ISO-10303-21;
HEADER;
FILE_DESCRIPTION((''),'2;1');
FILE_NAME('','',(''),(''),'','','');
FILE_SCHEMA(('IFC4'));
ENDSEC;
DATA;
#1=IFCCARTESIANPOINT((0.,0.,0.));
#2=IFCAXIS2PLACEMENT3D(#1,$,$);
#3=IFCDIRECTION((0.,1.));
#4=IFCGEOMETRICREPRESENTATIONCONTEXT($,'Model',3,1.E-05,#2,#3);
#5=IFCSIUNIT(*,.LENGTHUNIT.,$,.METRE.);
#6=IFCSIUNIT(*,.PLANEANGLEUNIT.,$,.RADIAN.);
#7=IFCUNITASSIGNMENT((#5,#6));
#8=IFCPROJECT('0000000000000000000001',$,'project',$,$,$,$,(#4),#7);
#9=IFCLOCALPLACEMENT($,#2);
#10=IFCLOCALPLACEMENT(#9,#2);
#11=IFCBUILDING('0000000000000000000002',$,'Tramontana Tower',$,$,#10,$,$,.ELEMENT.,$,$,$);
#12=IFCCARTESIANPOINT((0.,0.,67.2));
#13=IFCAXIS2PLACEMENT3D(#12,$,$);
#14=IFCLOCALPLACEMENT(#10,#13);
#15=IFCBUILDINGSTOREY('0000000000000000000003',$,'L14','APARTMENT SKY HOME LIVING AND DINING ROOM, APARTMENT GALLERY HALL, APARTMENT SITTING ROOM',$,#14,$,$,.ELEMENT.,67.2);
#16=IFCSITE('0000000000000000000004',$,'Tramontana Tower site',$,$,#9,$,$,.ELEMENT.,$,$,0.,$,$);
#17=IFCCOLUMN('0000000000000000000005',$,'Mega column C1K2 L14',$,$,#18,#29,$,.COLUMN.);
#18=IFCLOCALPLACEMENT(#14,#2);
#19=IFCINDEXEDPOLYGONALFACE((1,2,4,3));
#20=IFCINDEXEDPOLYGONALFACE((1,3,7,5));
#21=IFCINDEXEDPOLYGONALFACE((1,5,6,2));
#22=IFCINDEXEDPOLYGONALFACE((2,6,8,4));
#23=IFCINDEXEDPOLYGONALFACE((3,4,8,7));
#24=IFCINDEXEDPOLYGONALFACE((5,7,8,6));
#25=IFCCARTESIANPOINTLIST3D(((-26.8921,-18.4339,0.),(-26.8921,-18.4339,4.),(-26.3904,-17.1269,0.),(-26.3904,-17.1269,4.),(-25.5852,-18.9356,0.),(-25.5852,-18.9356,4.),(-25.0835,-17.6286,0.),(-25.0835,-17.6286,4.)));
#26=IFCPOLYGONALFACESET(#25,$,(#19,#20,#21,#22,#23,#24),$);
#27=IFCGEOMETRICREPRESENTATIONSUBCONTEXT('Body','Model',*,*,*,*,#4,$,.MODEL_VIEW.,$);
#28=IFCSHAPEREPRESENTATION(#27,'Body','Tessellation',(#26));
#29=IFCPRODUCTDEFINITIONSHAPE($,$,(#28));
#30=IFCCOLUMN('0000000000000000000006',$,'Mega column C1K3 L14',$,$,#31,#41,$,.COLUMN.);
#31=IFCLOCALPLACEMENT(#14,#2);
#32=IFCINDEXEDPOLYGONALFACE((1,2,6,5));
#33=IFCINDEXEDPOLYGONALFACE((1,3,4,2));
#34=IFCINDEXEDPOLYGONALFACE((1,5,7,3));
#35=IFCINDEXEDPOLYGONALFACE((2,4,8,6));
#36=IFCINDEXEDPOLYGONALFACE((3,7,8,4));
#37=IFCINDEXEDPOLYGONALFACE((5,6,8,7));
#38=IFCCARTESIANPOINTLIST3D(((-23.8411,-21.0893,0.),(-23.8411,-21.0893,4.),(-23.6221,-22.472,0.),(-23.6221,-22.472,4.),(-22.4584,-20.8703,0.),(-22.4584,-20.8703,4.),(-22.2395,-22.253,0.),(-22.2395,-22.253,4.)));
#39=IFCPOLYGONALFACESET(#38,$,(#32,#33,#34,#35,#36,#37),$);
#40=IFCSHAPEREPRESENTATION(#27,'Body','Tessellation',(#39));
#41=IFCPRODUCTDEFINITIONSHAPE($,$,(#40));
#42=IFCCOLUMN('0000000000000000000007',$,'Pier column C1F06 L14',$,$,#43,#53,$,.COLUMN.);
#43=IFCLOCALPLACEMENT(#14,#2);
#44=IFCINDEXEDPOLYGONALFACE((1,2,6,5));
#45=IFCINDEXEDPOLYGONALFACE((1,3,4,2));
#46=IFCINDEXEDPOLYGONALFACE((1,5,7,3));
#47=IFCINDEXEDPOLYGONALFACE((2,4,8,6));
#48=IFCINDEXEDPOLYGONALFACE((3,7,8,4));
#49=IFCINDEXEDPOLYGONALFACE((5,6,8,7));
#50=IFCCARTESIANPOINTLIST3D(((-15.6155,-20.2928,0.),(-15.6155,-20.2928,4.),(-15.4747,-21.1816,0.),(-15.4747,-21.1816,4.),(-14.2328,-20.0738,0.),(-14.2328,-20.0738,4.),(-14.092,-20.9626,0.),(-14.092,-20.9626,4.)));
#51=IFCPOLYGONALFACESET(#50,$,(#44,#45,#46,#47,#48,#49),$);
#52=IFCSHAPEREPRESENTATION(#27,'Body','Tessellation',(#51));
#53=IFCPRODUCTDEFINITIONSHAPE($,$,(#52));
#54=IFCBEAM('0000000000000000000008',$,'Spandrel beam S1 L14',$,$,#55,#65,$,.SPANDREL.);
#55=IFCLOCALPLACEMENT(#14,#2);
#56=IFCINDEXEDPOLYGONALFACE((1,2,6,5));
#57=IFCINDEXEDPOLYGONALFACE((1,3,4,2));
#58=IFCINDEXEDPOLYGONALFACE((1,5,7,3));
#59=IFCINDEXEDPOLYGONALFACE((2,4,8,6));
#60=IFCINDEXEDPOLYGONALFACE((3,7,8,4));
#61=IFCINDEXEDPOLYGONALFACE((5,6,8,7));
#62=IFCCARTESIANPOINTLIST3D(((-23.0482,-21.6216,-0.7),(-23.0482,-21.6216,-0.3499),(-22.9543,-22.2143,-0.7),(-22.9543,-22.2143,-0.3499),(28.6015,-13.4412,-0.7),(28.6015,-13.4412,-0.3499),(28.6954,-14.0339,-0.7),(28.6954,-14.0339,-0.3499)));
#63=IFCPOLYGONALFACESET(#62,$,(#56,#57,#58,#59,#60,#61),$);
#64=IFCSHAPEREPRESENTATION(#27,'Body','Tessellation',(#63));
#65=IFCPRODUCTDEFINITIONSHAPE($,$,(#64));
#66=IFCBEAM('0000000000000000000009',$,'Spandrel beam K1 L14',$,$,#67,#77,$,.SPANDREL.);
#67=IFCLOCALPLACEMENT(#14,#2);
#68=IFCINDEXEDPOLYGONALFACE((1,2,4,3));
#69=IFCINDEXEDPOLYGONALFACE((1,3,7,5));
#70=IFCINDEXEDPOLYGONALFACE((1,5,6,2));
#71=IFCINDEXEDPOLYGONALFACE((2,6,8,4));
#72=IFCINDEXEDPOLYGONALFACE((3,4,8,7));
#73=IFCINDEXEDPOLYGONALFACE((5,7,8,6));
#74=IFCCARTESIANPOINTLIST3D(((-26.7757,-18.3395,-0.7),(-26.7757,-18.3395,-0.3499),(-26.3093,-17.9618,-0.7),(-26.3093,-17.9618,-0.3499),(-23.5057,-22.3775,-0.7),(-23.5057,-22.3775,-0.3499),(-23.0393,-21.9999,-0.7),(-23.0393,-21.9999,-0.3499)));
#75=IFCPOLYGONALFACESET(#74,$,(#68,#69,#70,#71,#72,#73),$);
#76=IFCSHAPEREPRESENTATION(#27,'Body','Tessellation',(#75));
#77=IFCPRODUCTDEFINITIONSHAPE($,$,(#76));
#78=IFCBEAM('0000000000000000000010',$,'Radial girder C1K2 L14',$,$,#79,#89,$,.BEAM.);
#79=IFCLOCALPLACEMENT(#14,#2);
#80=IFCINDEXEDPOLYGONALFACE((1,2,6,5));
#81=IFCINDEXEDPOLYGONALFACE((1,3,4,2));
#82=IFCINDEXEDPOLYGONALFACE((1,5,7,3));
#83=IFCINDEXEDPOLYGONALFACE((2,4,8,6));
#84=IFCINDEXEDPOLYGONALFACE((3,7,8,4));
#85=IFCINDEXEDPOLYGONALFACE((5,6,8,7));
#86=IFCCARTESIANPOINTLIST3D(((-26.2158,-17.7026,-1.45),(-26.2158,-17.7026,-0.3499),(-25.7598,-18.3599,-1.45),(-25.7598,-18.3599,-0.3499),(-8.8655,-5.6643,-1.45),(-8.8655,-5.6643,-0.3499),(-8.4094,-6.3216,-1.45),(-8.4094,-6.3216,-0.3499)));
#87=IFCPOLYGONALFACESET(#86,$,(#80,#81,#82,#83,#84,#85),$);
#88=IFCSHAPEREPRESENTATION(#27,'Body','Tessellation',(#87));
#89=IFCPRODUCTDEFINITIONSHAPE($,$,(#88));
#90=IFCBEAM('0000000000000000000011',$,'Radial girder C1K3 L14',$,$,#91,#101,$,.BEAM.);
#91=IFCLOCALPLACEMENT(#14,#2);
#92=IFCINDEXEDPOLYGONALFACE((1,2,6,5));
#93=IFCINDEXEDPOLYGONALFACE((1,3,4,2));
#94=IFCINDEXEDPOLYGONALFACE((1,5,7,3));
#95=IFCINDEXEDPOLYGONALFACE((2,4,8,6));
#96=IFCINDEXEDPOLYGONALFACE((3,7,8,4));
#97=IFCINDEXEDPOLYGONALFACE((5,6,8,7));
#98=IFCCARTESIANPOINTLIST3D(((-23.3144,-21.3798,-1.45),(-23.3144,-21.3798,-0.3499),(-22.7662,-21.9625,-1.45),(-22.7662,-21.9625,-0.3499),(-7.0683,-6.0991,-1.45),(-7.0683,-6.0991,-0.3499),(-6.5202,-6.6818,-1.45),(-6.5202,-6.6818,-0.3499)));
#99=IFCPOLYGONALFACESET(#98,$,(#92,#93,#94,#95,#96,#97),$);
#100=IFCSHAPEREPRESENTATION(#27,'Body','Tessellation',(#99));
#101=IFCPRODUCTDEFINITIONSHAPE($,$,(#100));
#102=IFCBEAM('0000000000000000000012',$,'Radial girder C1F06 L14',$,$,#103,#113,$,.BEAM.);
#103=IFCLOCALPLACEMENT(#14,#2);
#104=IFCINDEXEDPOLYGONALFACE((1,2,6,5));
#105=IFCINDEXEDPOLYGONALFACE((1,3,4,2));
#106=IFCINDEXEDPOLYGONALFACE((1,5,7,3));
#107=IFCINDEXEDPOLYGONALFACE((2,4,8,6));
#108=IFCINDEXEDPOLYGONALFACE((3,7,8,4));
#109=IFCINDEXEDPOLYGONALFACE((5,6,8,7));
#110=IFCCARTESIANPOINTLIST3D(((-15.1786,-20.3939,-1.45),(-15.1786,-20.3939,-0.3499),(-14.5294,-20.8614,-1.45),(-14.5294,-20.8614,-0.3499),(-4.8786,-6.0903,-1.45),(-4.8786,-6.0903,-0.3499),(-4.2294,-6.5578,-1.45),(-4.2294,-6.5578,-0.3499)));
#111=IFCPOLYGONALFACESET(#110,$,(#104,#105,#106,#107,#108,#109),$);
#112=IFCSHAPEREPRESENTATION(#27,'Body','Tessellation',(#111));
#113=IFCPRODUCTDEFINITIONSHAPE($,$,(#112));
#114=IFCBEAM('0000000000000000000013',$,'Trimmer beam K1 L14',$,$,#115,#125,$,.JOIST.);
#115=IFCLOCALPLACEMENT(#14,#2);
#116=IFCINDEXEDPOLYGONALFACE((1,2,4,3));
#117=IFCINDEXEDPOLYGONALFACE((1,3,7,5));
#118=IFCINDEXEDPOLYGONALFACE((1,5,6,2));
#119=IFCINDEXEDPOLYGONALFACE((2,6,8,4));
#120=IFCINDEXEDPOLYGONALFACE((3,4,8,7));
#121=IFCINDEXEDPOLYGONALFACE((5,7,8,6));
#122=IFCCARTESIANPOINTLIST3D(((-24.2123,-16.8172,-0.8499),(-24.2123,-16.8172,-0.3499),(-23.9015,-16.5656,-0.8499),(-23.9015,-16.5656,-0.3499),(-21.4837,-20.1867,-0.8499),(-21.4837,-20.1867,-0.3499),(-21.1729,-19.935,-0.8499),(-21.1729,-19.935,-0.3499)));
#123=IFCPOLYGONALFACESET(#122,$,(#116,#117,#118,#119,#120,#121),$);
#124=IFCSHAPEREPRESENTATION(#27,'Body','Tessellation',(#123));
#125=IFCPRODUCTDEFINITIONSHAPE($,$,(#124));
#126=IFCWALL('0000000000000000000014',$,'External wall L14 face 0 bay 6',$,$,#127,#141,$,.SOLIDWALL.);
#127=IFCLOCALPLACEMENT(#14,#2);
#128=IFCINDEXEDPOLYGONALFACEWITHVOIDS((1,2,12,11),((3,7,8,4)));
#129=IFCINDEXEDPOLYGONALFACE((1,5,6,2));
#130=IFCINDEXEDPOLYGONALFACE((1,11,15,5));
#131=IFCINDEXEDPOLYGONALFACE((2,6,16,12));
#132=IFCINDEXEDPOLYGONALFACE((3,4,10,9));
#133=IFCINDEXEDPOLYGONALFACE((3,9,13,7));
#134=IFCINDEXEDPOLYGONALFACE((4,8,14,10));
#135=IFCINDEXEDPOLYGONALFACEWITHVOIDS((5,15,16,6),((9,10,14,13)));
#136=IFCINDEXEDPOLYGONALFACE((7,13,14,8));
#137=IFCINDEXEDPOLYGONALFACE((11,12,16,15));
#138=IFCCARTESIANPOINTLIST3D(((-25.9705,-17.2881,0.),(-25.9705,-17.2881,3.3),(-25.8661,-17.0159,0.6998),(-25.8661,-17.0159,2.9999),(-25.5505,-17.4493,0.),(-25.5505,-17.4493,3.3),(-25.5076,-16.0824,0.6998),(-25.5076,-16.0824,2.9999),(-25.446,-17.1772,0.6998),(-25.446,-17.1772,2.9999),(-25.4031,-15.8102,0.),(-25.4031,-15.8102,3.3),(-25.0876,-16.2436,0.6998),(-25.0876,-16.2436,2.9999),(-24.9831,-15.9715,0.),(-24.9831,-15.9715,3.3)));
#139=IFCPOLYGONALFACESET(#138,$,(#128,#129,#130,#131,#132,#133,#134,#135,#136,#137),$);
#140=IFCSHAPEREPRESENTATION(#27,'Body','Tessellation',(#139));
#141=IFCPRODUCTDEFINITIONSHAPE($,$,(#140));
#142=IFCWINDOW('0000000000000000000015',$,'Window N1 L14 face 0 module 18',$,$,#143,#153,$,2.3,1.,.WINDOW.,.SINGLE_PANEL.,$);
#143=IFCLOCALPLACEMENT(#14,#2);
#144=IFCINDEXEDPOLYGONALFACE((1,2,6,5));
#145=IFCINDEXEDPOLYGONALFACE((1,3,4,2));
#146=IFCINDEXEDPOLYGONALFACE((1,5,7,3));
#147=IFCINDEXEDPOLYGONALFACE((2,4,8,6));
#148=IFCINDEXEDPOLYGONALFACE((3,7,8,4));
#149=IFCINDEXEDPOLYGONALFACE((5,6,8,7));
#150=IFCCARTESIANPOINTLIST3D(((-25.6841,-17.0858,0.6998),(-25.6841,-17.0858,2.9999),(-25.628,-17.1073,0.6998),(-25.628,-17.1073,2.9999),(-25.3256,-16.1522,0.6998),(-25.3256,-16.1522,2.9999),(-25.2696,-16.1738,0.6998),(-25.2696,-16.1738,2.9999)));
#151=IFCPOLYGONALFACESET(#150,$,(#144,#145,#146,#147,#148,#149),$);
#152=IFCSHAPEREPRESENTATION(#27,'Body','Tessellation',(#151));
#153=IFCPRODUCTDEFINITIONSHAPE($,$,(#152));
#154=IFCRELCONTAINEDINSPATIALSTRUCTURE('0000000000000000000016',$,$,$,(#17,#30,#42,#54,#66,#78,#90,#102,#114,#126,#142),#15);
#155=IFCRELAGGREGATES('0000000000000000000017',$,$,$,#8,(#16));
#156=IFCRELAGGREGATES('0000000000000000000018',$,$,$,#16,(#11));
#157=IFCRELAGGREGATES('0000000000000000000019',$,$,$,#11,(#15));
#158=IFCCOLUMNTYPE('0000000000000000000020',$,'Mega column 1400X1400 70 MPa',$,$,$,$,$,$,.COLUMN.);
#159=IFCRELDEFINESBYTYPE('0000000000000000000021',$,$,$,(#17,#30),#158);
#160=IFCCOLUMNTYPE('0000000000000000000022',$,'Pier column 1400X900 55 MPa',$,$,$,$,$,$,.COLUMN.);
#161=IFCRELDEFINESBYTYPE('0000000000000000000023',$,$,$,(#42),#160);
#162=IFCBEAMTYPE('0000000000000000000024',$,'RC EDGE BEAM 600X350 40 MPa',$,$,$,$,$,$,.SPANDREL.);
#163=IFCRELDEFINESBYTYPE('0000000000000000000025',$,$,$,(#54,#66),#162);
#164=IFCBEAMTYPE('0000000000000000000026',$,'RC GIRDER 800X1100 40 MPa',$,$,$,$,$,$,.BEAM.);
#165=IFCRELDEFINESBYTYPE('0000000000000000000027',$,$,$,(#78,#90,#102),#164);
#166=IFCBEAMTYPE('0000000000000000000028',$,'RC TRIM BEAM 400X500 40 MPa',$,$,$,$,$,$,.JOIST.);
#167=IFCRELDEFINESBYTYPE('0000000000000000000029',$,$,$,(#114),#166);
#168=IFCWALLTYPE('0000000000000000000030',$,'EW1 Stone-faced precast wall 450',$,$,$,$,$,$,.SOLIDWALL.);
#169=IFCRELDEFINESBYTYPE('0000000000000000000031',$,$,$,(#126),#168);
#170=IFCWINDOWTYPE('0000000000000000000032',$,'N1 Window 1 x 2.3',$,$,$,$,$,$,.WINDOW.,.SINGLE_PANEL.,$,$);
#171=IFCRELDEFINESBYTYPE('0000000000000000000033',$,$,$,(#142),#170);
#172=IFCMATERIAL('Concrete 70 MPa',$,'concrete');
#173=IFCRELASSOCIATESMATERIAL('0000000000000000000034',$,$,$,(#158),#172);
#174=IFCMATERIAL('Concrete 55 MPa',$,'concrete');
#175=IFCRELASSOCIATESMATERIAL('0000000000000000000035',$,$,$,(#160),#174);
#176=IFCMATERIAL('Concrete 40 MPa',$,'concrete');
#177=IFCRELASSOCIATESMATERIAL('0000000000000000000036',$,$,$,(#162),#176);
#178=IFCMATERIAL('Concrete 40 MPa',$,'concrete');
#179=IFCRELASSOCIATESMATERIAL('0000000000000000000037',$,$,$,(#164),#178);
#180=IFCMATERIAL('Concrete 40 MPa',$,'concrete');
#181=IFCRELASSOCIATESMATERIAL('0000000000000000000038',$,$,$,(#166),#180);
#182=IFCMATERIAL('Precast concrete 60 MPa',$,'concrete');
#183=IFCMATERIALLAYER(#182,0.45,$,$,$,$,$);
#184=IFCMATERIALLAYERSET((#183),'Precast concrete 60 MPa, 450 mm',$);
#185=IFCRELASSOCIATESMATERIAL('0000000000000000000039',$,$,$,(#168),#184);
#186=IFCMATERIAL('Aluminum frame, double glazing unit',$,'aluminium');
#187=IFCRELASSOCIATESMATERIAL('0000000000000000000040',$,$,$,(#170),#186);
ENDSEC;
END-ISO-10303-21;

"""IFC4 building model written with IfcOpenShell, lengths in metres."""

from ifc_helpers import new_model, si_unit, direction, frame, frame_2d, origin, origin_2d, place, context, subcontext, project, spatial, rectangle, extrude, material, layer, layer_set, material_profile, profile_set, type_object, element, fill, save


model = new_model("IFC4")

# Units and contexts
model_context = context("Model", 3, precision=1e-05, world=origin(), true_north=direction((0.0, 1.0)))
body_context = subcontext(model_context, "Body", "Model", "MODEL_VIEW")
ifc_project = project(units=[si_unit("LENGTHUNIT", "METRE"), si_unit("PLANEANGLEUNIT", "RADIAN")], contexts=[model_context])

# Site, building, storey
site_placement = place(None, origin())
site = spatial("IfcSite", under=ifc_project, at=site_placement, Name="Tramontana Tower site", CompositionType="ELEMENT", RefElevation=0.0)
building_placement = place(site_placement, origin())
building = spatial("IfcBuilding", under=site, at=building_placement, Name="Tramontana Tower", CompositionType="ELEMENT")
storey_placement = place(building_placement, frame((0.0, 0.0, 67.2)))
storey = spatial("IfcBuildingStorey", under=building, at=storey_placement, Name="L14", Description="APARTMENT SKY HOME LIVING AND DINING ROOM, APARTMENT GALLERY HALL, APARTMENT SITTING ROOM", CompositionType="ELEMENT", Elevation=67.2)

# Columns
ifc_material_1 = material(Name="Concrete 70 MPa", Category="concrete")
ifc_material_profile_1 = material_profile(ifc_material_1, rectangle(XDim=1.3999, YDim=1.3999, at=origin_2d()), Name="Mega column 1400X1400 70 MPa")
ifc_profile_set_1 = profile_set([ifc_material_profile_1], Name="Concrete 70 MPa")
column_type_1 = type_object("IfcColumnType", Name="Mega column 1400X1400 70 MPa", PredefinedType="COLUMN", material=ifc_profile_set_1)
for number, where, z_axis, x_axis, name in (
    (1, (-25.9878, -18.0312, 0.0), (0.0, 0.0, 1.0), (-0.358368, -0.93358, 0.0), "Mega column C1K2 L14"),
    (2, (-23.0403, -21.6711, 0.0), (0.0, 0.0, 1.0), (0.987688, 0.156434, 0.0), "Mega column C1K3 L14"),
):
    element("IfcColumn", number, at=place(storey_placement, frame(where, z_axis=z_axis, x_axis=x_axis)), inside=storey, type_object=column_type_1, Name=name, PredefinedType="COLUMN", context=body_context, shape_type="SweptSolid", body=[
        extrude(rectangle(XDim=1.3999, YDim=1.3999, at=origin_2d()), origin(), (0.0, 0.0, 1.0), 4.0),
    ])
ifc_material_2 = material(Name="Concrete 55 MPa", Category="concrete")
ifc_material_profile_2 = material_profile(ifc_material_2, rectangle(XDim=1.3999, YDim=0.8999, at=origin_2d()), Name="Pier column 1400X900 55 MPa")
ifc_profile_set_2 = profile_set([ifc_material_profile_2], Name="Concrete 55 MPa")
column_type_2 = type_object("IfcColumnType", Name="Pier column 1400X900 55 MPa", PredefinedType="COLUMN", material=ifc_profile_set_2)
column_placement = place(storey_placement, frame((-14.8538, -20.6277, 0.0), z_axis=(0.0, 0.0, 1.0), x_axis=(0.987688, 0.156434, 0.0)))
element("IfcColumn", 3, at=column_placement, inside=storey, type_object=column_type_2, Name="Pier column C1F06 L14", PredefinedType="COLUMN", context=body_context, shape_type="SweptSolid", body=[
    extrude(rectangle(XDim=1.3999, YDim=0.8999, at=origin_2d()), origin(), (0.0, 0.0, 1.0), 4.0),
])

# Beams
ifc_material_3 = material(Name="Concrete 40 MPa", Category="concrete")
ifc_material_profile_3 = material_profile(ifc_material_3, rectangle(XDim=0.6001, YDim=0.3501, at=origin_2d()), Name="RC EDGE BEAM 600X350 40 MPa")
ifc_profile_set_3 = profile_set([ifc_material_profile_3], Name="Concrete 40 MPa")
beam_type_1 = type_object("IfcBeamType", Name="RC EDGE BEAM 600X350 40 MPa", PredefinedType="SPANDREL", material=ifc_profile_set_3)
beam_1_placement = place(storey_placement, frame((-23.0012, -21.918, -0.5249), z_axis=(0.987689, 0.156433, 0.0), x_axis=(-0.156433, 0.987689, 0.0)))
element("IfcBeam", 4, at=beam_1_placement, inside=storey, type_object=beam_type_1, Name="Spandrel beam S1 L14", PredefinedType="SPANDREL", context=body_context, shape_type="SweptSolid", body=[
    extrude(rectangle(XDim=0.6001, YDim=0.3501, at=origin_2d()), origin(), (0.0, 0.0, 1.0), 52.2935),
])
beam_2_placement = place(storey_placement, frame((-26.5425, -18.1506, -0.5249), z_axis=(0.629325, -0.777142, 0.0), x_axis=(0.777142, 0.629325, 0.0)))
element("IfcBeam", 5, at=beam_2_placement, inside=storey, type_object=beam_type_1, Name="Spandrel beam K1 L14", PredefinedType="SPANDREL", context=body_context, shape_type="SweptSolid", body=[
    extrude(rectangle(XDim=0.6001, YDim=0.3501, at=origin_2d()), origin(), (0.0, 0.0, 1.0), 5.196),
])
ifc_material_4 = material(Name="Concrete 40 MPa", Category="concrete")
ifc_material_profile_4 = material_profile(ifc_material_4, rectangle(XDim=0.8, YDim=1.1001, at=origin_2d()), Name="RC GIRDER 800X1100 40 MPa")
ifc_profile_set_4 = profile_set([ifc_material_profile_4], Name="Concrete 40 MPa")
beam_type_2 = type_object("IfcBeamType", Name="RC GIRDER 800X1100 40 MPa", PredefinedType="BEAM", material=ifc_profile_set_4)
beam_3_placement = place(storey_placement, frame((-25.9878, -18.0312, -0.8999), z_axis=(0.821603, 0.57006, 0.0), x_axis=(-0.57006, 0.821603, 0.0)))
element("IfcBeam", 6, at=beam_3_placement, inside=storey, type_object=beam_type_2, Name="Radial girder C1K2 L14", PredefinedType="BEAM", context=body_context, shape_type="SweptSolid", body=[
    extrude(rectangle(XDim=0.8, YDim=1.1001, at=origin_2d()), origin(), (0.0, 0.0, 1.0), 21.1177),
])
beam_4_placement = place(storey_placement, frame((-23.0403, -21.6711, -0.8999), z_axis=(0.728417, 0.685135, 0.0), x_axis=(-0.685135, 0.728417, 0.0)))
element("IfcBeam", 7, at=beam_4_placement, inside=storey, type_object=beam_type_2, Name="Radial girder C1K3 L14", PredefinedType="BEAM", context=body_context, shape_type="SweptSolid", body=[
    extrude(rectangle(XDim=0.8, YDim=1.1001, at=origin_2d()), origin(), (0.0, 0.0, 1.0), 22.3032),
])
beam_5_placement = place(storey_placement, frame((-14.854, -20.6277, -0.8999), z_axis=(0.584356, 0.811497, 0.0), x_axis=(-0.811497, 0.584356, 0.0)))
element("IfcBeam", 8, at=beam_5_placement, inside=storey, type_object=beam_type_2, Name="Radial girder C1F06 L14", PredefinedType="BEAM", context=body_context, shape_type="SweptSolid", body=[
    extrude(rectangle(XDim=0.8, YDim=1.1001, at=origin_2d()), origin(), (0.0, 0.0, 1.0), 17.6262),
])
ifc_material_5 = material(Name="Concrete 40 MPa", Category="concrete")
ifc_material_profile_5 = material_profile(ifc_material_5, rectangle(XDim=0.3999, YDim=0.5, at=origin_2d()), Name="RC TRIM BEAM 400X500 40 MPa")
ifc_profile_set_5 = profile_set([ifc_material_profile_5], Name="Concrete 40 MPa")
beam_type_3 = type_object("IfcBeamType", Name="RC TRIM BEAM 400X500 40 MPa", PredefinedType="JOIST", material=ifc_profile_set_5)
beam_6_placement = place(storey_placement, frame((-24.0569, -16.6914, -0.5999), z_axis=(0.629326, -0.777141, 0.0), x_axis=(0.777141, 0.629326, 0.0)))
element("IfcBeam", 9, at=beam_6_placement, inside=storey, type_object=beam_type_3, Name="Trimmer beam K1 L14", PredefinedType="JOIST", context=body_context, shape_type="SweptSolid", body=[
    extrude(rectangle(XDim=0.3999, YDim=0.5, at=origin_2d()), origin(), (0.0, 0.0, 1.0), 4.3357),
])

# Wall, opening, window
ifc_material_6 = material(Name="Precast concrete 60 MPa", Category="concrete")
ifc_layer_1 = layer(ifc_material_6, 0.45)
ifc_layer_set_1 = layer_set([ifc_layer_1], Name="Precast concrete 60 MPa, 450 mm")
wall_type_1 = type_object("IfcWallType", Name="EW1 Stone-faced precast wall 450", PredefinedType="SOLIDWALL", material=ifc_layer_set_1)
wall_1_placement = place(storey_placement, frame((-25.1931, -15.8909, 0.0), z_axis=(0.0, 0.0, 1.0), x_axis=(-0.358431, -0.933556, 0.0)))
wall_1 = element("IfcWall", 10, at=wall_1_placement, inside=storey, type_object=wall_type_1, Name="External wall L14 face 0 bay 6", PredefinedType="SOLIDWALL", context=body_context, shape_type="SweptSolid", body=[
    extrude(rectangle(XDim=1.583, YDim=0.45, at=frame_2d((0.7915, 0.0))), origin(), (0.0, 0.0, 1.0), 3.3),
])
opening_1_placement = place(wall_1_placement, frame((0.2915, 0.0, 0.7)))
opening_1 = element("IfcOpeningElement", 11, at=opening_1_placement, cuts=wall_1, PredefinedType="OPENING", context=body_context, shape_type="SweptSolid", body=[
    extrude(rectangle(XDim=1.0, YDim=2.3, at=frame_2d((0.5, 1.1499))), frame((0.0, 0.2349, 0.0), z_axis=(0.0, -1.0, 0.0), x_axis=(1.0, 0.0, 0.0)), (0.0, 0.0, 1.0), 0.47),
])
ifc_material_7 = material(Name="Aluminum frame, double glazing unit", Category="aluminium")
window_type_1 = type_object("IfcWindowType", Name="N1 Window 1 x 2.3", PartitioningType="SINGLE_PANEL", PredefinedType="WINDOW", material=ifc_material_7)
window_1_placement = place(opening_1_placement, origin())
window_1 = element("IfcWindow", 12, at=window_1_placement, inside=storey, type_object=window_type_1, Name="Window N1 L14 face 0 module 18", OverallHeight=2.3, OverallWidth=1.0, PartitioningType="SINGLE_PANEL", PredefinedType="WINDOW", context=body_context, shape_type="SweptSolid", body=[
    extrude(rectangle(XDim=1.0, YDim=2.3, at=frame_2d((0.5, 1.1499))), frame((0.0, 0.03, 0.0), z_axis=(0.0, -1.0, 0.0), x_axis=(1.0, 0.0, 0.0)), (0.0, 0.0, 1.0), 0.0601),
])
fill(opening_1, window_1)

save(model, "model.ifc")
